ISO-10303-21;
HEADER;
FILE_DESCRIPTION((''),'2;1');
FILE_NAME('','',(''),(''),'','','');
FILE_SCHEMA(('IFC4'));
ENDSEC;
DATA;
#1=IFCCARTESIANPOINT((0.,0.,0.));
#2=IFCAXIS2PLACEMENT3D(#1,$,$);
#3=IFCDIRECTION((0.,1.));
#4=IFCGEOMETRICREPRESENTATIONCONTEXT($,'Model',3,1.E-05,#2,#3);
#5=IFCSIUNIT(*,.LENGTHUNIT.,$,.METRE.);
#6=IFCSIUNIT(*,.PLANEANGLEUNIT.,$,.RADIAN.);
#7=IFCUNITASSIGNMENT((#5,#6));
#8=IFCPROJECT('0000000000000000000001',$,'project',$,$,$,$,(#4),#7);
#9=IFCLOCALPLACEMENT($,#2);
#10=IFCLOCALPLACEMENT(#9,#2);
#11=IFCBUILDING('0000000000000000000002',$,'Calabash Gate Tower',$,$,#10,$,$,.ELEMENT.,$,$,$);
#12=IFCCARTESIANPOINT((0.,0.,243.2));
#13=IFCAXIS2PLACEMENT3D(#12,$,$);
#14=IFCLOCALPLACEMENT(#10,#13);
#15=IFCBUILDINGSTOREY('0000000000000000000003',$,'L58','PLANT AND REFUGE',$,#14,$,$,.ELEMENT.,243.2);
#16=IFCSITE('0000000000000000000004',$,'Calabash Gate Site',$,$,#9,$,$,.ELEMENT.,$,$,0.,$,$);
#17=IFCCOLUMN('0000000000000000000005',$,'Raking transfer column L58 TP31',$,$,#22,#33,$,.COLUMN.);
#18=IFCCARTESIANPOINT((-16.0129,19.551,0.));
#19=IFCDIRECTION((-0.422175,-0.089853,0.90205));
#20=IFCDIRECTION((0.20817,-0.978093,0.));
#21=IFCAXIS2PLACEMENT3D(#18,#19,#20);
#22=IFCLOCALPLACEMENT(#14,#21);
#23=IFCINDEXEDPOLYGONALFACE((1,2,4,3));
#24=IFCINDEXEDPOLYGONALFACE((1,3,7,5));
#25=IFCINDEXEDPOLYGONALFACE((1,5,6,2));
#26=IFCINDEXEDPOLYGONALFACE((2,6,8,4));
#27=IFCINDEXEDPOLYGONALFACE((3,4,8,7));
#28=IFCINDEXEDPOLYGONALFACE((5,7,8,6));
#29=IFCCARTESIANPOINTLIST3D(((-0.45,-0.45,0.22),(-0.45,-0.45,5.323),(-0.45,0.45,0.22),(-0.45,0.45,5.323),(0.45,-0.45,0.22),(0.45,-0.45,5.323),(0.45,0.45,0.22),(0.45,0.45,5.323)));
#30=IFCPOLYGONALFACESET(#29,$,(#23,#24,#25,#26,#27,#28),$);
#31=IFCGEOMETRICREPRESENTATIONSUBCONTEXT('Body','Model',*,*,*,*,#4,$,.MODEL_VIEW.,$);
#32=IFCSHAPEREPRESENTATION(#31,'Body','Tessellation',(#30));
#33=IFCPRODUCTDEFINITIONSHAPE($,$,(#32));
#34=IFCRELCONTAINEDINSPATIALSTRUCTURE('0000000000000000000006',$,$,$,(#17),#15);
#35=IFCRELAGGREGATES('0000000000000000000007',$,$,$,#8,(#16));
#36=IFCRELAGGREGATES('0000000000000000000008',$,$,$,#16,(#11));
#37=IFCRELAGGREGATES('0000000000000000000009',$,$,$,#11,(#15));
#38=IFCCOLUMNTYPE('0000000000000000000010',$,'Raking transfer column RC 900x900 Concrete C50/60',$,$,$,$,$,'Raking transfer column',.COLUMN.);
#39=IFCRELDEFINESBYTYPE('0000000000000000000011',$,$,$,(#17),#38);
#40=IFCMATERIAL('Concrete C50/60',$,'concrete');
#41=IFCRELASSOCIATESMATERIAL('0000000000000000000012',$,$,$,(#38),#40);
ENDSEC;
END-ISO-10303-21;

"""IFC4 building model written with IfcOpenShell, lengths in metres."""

from ifc_helpers import new_model, si_unit, direction, frame, origin, origin_2d, place, context, subcontext, project, spatial, rectangle, extrude, clip, halfspace, material, material_profile, profile_set, type_object, element, save


model = new_model("IFC4")

# Units and contexts
model_context = context("Model", 3, precision=1e-05, world=origin(), true_north=direction((0.0, 1.0)))
body_context = subcontext(model_context, "Body", "Model", "MODEL_VIEW")
ifc_project = project(units=[si_unit("LENGTHUNIT", "METRE"), si_unit("PLANEANGLEUNIT", "RADIAN")], contexts=[model_context])

# Site, building, storey
site_placement = place(None, origin())
site = spatial("IfcSite", under=ifc_project, at=site_placement, Name="Calabash Gate Site", CompositionType="ELEMENT", RefElevation=0.0)
building_placement = place(site_placement, origin())
building = spatial("IfcBuilding", under=site, at=building_placement, Name="Calabash Gate Tower", CompositionType="ELEMENT")
storey_placement = place(building_placement, frame((0.0, 0.0, 243.2)))
storey = spatial("IfcBuildingStorey", under=building, at=storey_placement, Name="L58", Description="PLANT AND REFUGE", CompositionType="ELEMENT", Elevation=243.2)

# Column
ifc_material_1 = material(Name="Concrete C50/60", Category="concrete")
ifc_material_profile_1 = material_profile(ifc_material_1, rectangle(XDim=0.8999, YDim=0.8999, at=origin_2d()))
ifc_profile_set_1 = profile_set([ifc_material_profile_1], Name="Concrete C50/60")
column_type = type_object("IfcColumnType", Name="Raking transfer column RC 900x900 Concrete C50/60", ElementType="Raking transfer column", PredefinedType="COLUMN", material=ifc_profile_set_1)
column_placement = place(storey_placement, frame((-16.0129, 19.551, 0.0), z_axis=(-0.422175, -0.089853, 0.90205), x_axis=(0.20817, -0.978093, 0.0)))
element("IfcColumn", 1, at=column_placement, inside=storey, type_object=column_type, Name="Raking transfer column L58 TP31", PredefinedType="COLUMN", context=body_context, shape_type="Clipping", body=[
    clip(clip(extrude(rectangle(XDim=0.8999, YDim=0.8999, at=origin_2d()), origin(), (0.0, 0.0, 1.0), 5.543), halfspace(frame((0.0, 0.0, 0.22), z_axis=(0.0, 0.0, 1.0), x_axis=(1.0, 0.0, 0.0)), True)), halfspace(frame((0.0, 0.0, 5.323), z_axis=(0.0, 0.0, 1.0), x_axis=(1.0, 0.0, 0.0)), False)),
])

save(model, "model.ifc")
